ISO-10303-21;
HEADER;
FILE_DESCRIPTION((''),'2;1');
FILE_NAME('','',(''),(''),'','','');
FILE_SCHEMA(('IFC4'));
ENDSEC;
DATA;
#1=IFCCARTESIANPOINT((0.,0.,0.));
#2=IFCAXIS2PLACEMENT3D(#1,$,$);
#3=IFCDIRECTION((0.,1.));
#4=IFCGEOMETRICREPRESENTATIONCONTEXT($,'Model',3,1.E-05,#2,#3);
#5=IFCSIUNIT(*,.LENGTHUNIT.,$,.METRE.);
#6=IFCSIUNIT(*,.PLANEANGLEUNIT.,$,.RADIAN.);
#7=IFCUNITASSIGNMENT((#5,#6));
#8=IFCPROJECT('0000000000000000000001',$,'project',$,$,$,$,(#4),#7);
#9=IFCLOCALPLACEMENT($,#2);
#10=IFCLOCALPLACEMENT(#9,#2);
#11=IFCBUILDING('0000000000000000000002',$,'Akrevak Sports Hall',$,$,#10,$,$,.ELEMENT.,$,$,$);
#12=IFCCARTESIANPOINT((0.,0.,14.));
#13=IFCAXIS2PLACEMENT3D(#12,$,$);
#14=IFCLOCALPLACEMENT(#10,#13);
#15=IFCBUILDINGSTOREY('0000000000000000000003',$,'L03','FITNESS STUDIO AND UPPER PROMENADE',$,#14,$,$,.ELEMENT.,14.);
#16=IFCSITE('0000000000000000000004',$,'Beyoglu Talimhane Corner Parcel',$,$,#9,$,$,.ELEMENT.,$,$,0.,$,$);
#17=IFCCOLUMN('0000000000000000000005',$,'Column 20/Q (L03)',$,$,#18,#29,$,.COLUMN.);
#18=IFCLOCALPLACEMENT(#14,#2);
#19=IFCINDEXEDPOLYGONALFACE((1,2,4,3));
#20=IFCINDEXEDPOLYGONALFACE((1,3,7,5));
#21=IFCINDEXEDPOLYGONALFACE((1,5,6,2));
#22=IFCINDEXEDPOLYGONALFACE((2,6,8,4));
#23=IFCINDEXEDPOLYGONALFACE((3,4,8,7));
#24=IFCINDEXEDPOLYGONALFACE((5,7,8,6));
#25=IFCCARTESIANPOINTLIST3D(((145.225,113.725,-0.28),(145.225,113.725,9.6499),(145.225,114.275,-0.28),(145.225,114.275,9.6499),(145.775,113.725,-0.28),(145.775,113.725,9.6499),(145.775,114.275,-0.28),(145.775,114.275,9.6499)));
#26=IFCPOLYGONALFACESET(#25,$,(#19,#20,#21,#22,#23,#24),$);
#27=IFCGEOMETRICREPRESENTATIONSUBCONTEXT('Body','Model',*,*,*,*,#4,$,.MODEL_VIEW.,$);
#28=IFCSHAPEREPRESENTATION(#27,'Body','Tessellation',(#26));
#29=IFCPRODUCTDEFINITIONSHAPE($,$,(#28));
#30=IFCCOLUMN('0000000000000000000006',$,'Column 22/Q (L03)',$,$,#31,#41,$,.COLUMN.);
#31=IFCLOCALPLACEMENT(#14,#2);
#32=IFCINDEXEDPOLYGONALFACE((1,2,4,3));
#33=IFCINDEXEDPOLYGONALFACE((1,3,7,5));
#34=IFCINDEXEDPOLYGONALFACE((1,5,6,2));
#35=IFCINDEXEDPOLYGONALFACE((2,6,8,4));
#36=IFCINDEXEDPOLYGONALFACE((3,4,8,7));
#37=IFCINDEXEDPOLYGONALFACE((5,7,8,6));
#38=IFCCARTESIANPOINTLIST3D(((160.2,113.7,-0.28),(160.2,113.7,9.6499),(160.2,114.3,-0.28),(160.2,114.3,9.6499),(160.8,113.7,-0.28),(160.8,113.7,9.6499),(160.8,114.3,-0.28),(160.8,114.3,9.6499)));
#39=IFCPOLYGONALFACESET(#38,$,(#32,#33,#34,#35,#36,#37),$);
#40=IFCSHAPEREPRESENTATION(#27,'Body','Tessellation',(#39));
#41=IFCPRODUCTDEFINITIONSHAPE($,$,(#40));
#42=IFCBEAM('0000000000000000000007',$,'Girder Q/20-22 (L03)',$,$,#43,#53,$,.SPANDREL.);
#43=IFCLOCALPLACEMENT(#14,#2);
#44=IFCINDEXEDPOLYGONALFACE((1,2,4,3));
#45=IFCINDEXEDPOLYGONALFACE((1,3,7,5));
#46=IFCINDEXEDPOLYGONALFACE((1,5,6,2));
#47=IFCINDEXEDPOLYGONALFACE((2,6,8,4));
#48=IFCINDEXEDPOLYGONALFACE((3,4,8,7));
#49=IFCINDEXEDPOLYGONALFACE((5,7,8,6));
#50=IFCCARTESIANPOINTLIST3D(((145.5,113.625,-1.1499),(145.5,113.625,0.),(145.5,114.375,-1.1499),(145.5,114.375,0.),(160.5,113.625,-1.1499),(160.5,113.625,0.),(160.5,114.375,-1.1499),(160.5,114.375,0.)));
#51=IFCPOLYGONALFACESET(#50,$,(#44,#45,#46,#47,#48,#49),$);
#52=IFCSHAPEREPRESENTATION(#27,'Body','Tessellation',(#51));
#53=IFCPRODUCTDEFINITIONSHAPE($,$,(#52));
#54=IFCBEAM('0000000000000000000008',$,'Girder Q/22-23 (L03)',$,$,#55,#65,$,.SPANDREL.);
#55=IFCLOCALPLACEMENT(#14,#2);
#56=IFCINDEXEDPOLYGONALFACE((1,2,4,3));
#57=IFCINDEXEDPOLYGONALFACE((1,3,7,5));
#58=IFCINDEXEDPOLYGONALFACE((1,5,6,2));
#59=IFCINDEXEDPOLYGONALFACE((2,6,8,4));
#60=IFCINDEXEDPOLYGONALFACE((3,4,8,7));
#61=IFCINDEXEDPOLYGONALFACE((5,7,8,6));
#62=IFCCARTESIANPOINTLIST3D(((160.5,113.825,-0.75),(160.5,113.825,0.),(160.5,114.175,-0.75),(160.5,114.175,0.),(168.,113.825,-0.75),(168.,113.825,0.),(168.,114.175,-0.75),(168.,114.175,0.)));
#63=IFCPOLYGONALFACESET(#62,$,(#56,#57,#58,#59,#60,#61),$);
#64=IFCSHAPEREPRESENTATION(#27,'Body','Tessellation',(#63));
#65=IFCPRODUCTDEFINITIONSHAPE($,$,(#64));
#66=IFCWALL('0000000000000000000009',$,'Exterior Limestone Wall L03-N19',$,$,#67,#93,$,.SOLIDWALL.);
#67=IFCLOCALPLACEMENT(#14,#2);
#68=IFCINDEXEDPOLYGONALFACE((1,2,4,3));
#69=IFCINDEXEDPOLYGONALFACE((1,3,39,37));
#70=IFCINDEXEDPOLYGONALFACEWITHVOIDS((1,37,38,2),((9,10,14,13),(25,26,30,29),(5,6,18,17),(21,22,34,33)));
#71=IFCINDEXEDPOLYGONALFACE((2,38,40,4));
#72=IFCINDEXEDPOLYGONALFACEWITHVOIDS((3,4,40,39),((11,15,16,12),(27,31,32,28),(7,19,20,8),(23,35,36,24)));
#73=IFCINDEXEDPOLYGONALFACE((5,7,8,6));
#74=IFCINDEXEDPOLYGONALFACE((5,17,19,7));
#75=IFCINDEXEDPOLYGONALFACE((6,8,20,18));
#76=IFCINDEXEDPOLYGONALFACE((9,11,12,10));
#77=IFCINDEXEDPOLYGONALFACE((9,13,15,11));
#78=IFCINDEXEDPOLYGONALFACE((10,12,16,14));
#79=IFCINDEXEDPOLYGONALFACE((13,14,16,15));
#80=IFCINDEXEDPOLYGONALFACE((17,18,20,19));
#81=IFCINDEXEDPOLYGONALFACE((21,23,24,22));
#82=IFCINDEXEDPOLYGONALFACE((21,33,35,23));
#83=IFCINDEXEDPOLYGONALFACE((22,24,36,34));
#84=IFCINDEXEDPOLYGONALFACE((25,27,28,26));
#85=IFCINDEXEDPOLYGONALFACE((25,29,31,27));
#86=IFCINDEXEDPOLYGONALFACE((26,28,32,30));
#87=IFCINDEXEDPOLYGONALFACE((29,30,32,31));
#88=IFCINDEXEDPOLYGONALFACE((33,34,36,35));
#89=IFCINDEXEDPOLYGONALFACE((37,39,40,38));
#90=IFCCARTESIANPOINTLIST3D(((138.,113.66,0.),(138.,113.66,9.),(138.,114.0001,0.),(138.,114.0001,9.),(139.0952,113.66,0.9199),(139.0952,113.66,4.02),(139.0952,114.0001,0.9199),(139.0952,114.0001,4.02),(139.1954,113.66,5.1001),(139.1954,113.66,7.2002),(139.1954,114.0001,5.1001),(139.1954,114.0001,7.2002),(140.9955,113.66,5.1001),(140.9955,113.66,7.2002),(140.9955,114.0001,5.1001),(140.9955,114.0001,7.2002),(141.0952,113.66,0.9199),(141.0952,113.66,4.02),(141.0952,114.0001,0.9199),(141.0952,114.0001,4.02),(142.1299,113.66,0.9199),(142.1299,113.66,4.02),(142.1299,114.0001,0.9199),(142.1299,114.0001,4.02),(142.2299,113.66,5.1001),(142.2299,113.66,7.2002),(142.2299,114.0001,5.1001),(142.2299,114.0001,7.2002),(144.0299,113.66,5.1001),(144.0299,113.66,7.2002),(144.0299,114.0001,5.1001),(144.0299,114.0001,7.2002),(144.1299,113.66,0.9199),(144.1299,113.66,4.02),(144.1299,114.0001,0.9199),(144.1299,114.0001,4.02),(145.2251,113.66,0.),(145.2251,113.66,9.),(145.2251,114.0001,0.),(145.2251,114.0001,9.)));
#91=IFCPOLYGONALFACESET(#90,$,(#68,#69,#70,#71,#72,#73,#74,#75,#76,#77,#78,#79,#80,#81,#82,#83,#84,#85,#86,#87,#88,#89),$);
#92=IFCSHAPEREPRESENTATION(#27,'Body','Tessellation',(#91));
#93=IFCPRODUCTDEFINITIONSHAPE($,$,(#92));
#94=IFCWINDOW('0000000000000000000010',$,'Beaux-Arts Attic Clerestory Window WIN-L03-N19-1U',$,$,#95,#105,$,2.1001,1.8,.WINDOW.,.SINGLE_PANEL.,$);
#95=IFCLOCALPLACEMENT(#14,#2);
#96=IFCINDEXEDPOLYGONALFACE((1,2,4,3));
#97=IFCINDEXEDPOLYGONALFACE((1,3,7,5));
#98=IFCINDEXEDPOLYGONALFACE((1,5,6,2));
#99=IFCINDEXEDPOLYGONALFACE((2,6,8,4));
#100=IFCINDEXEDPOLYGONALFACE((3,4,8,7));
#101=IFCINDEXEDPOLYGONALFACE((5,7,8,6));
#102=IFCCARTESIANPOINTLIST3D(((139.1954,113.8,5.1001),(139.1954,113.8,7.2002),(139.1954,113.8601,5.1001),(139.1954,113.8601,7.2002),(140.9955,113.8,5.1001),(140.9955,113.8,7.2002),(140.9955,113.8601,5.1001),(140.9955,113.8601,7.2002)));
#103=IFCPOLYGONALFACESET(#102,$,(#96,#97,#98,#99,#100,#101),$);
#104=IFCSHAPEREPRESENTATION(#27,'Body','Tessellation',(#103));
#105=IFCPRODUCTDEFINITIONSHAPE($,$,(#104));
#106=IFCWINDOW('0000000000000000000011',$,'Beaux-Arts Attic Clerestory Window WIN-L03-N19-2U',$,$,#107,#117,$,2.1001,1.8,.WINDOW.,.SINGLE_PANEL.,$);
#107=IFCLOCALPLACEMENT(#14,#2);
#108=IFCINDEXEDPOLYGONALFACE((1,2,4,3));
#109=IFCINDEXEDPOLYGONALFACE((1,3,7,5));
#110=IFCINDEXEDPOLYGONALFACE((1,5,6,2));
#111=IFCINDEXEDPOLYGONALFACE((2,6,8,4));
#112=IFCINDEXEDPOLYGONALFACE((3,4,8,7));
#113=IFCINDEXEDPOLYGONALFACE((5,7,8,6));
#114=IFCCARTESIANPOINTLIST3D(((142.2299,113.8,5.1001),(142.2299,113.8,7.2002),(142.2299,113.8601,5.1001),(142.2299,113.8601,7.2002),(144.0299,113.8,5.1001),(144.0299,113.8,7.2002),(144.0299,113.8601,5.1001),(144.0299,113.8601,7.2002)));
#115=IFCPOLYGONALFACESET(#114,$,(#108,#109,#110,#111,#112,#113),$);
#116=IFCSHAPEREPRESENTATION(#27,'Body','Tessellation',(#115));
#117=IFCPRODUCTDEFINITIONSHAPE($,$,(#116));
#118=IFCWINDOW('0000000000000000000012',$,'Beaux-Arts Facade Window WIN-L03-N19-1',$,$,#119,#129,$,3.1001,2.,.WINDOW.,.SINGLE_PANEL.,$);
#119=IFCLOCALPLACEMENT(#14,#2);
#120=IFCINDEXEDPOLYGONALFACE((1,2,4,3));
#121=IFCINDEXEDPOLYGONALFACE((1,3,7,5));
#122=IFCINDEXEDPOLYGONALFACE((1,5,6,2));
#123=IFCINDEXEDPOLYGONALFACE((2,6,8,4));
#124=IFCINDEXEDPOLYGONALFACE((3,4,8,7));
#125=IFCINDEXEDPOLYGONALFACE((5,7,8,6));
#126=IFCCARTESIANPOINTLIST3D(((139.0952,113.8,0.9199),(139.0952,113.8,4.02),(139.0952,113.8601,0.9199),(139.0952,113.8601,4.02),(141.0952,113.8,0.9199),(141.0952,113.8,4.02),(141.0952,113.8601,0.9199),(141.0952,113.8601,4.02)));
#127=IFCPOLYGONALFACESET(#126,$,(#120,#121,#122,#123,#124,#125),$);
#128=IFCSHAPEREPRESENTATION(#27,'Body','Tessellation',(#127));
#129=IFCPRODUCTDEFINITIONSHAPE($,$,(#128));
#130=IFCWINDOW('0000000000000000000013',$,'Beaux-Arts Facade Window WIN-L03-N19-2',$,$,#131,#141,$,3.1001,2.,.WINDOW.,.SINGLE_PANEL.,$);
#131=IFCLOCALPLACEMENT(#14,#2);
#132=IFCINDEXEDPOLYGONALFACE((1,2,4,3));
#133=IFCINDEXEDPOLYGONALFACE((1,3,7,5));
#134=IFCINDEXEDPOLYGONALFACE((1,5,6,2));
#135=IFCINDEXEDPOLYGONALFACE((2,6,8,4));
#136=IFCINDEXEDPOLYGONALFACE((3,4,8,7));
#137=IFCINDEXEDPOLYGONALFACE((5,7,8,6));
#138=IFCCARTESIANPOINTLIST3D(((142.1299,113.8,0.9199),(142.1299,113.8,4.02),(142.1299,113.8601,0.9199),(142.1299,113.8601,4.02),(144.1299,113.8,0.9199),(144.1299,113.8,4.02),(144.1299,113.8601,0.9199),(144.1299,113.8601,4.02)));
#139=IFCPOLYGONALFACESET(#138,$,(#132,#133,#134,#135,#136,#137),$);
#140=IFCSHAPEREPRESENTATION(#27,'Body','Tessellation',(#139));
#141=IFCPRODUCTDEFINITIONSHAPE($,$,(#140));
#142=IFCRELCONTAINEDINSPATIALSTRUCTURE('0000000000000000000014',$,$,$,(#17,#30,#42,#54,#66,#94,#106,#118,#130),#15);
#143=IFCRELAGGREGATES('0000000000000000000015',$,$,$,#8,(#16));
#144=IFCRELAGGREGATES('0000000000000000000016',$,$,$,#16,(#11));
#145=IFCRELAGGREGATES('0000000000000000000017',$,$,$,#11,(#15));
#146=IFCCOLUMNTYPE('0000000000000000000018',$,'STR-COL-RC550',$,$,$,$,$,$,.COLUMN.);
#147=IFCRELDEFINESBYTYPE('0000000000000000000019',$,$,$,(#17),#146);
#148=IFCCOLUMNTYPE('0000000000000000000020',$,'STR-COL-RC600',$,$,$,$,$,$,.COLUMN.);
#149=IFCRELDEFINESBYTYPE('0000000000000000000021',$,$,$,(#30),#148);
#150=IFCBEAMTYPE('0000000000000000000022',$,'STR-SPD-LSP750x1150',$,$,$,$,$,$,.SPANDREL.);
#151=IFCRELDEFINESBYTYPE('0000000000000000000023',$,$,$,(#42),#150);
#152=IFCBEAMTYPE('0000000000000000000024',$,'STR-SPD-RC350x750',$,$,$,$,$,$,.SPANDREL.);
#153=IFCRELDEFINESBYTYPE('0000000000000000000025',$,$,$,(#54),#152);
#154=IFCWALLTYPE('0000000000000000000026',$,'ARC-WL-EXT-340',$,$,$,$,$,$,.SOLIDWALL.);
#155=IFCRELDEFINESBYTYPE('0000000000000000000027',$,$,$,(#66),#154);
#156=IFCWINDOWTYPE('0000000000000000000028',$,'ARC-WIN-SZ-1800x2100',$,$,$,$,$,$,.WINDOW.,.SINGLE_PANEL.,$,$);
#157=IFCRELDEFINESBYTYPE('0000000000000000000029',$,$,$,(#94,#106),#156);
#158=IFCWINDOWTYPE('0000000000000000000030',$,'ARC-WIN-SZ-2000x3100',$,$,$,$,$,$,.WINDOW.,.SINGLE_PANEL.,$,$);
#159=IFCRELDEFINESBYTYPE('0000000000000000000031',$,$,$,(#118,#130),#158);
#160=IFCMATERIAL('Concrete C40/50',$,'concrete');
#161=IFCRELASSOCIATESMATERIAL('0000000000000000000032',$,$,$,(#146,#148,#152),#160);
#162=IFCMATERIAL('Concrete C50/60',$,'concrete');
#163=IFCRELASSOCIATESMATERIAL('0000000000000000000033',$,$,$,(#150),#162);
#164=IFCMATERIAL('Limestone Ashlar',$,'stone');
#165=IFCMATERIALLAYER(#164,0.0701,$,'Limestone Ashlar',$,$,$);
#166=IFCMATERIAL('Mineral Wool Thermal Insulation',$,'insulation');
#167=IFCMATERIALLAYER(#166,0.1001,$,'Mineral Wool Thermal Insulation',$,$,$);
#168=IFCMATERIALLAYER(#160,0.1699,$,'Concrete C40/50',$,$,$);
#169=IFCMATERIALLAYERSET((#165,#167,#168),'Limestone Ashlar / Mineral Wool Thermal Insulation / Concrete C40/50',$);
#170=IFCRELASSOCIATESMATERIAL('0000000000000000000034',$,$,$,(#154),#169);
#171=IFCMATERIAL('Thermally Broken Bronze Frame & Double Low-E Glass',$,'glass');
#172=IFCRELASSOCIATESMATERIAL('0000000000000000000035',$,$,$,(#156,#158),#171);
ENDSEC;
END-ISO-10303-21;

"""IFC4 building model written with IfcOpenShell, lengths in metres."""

from ifc_helpers import new_model, si_unit, direction, frame, frame_2d, origin, origin_2d, place, context, subcontext, project, spatial, rectangle, extrude, material, layer, layer_set, material_profile, profile_set, type_object, element, fill, save


model = new_model("IFC4")

# Units and contexts
model_context = context("Model", 3, precision=1e-05, world=origin(), true_north=direction((0.0, 1.0)))
body_context = subcontext(model_context, "Body", "Model", "MODEL_VIEW")
ifc_project = project(units=[si_unit("LENGTHUNIT", "METRE"), si_unit("PLANEANGLEUNIT", "RADIAN")], contexts=[model_context])

# Site, building, storey
site_placement = place(None, origin())
site = spatial("IfcSite", under=ifc_project, at=site_placement, Name="Beyoglu Talimhane Corner Parcel", CompositionType="ELEMENT", RefElevation=0.0)
building_placement = place(site_placement, origin())
building = spatial("IfcBuilding", under=site, at=building_placement, Name="Akrevak Sports Hall", CompositionType="ELEMENT")
storey_placement = place(building_placement, frame((0.0, 0.0, 14.0)))
storey = spatial("IfcBuildingStorey", under=building, at=storey_placement, Name="L03", Description="FITNESS STUDIO AND UPPER PROMENADE", CompositionType="ELEMENT", Elevation=14.0)

# Columns
ifc_material_1 = material(Name="Concrete C40/50", Category="concrete")
ifc_material_profile_1 = material_profile(ifc_material_1, rectangle(XDim=0.55, YDim=0.55, at=origin_2d()), Name="RC 550x550", Category="concrete")
ifc_profile_set_1 = profile_set([ifc_material_profile_1], Name="Concrete C40/50")
column_type_1 = type_object("IfcColumnType", Name="STR-COL-RC550", PredefinedType="COLUMN", material=ifc_profile_set_1)
column_1_placement = place(storey_placement, frame((145.5, 114.0, -0.28), z_axis=(0.0, 0.0, 1.0), x_axis=(1.0, 0.0, 0.0)))
element("IfcColumn", 1, at=column_1_placement, inside=storey, type_object=column_type_1, Name="Column 20/Q (L03)", PredefinedType="COLUMN", context=body_context, shape_type="SweptSolid", body=[
    extrude(rectangle(XDim=0.55, YDim=0.55, at=origin_2d()), origin(), (0.0, 0.0, 1.0), 9.9299),
])
ifc_material_profile_2 = material_profile(ifc_material_1, rectangle(XDim=0.6001, YDim=0.6001, at=origin_2d()), Name="RC 600x600", Category="concrete")
ifc_profile_set_2 = profile_set([ifc_material_profile_2], Name="Concrete C40/50")
column_type_2 = type_object("IfcColumnType", Name="STR-COL-RC600", PredefinedType="COLUMN", material=ifc_profile_set_2)
column_2_placement = place(storey_placement, frame((160.5, 114.0, -0.28), z_axis=(0.0, 0.0, 1.0), x_axis=(1.0, 0.0, 0.0)))
element("IfcColumn", 2, at=column_2_placement, inside=storey, type_object=column_type_2, Name="Column 22/Q (L03)", PredefinedType="COLUMN", context=body_context, shape_type="SweptSolid", body=[
    extrude(rectangle(XDim=0.6001, YDim=0.6001, at=origin_2d()), origin(), (0.0, 0.0, 1.0), 9.9299),
])

# Beams
ifc_material_2 = material(Name="Concrete C50/60", Category="concrete")
ifc_material_profile_3 = material_profile(ifc_material_2, rectangle(XDim=0.75, YDim=1.1499, at=origin_2d()), Name="SPD 750x1150", Category="concrete")
ifc_profile_set_3 = profile_set([ifc_material_profile_3], Name="Concrete C50/60")
beam_type_1 = type_object("IfcBeamType", Name="STR-SPD-LSP750x1150", PredefinedType="SPANDREL", material=ifc_profile_set_3)
beam_1_placement = place(storey_placement, frame((145.5, 114.0, -0.575), z_axis=(1.0, 0.0, 0.0), x_axis=(0.0, 1.0, 0.0)))
element("IfcBeam", 3, at=beam_1_placement, inside=storey, type_object=beam_type_1, Name="Girder Q/20-22 (L03)", PredefinedType="SPANDREL", context=body_context, shape_type="SweptSolid", body=[
    extrude(rectangle(XDim=0.75, YDim=1.1499, at=origin_2d()), origin(), (0.0, 0.0, 1.0), 15.0),
])
ifc_material_profile_4 = material_profile(ifc_material_1, rectangle(XDim=0.3501, YDim=0.75, at=origin_2d()), Name="SPD 350x750", Category="concrete")
ifc_profile_set_4 = profile_set([ifc_material_profile_4], Name="Concrete C40/50")
beam_type_2 = type_object("IfcBeamType", Name="STR-SPD-RC350x750", PredefinedType="SPANDREL", material=ifc_profile_set_4)
beam_2_placement = place(storey_placement, frame((160.5, 114.0, -0.375), z_axis=(1.0, 0.0, 0.0), x_axis=(0.0, 1.0, 0.0)))
element("IfcBeam", 4, at=beam_2_placement, inside=storey, type_object=beam_type_2, Name="Girder Q/22-23 (L03)", PredefinedType="SPANDREL", context=body_context, shape_type="SweptSolid", body=[
    extrude(rectangle(XDim=0.3501, YDim=0.75, at=origin_2d()), origin(), (0.0, 0.0, 1.0), 7.5),
])

# Wall, openings, windows
ifc_material_3 = material(Name="Limestone Ashlar", Category="stone")
ifc_layer_1 = layer(ifc_material_3, 0.0701, Name="Limestone Ashlar")
ifc_material_4 = material(Name="Mineral Wool Thermal Insulation", Category="insulation")
ifc_layer_2 = layer(ifc_material_4, 0.1001, Name="Mineral Wool Thermal Insulation")
ifc_layer_3 = layer(ifc_material_1, 0.1699, Name="Concrete C40/50")
ifc_layer_set_1 = layer_set([ifc_layer_1, ifc_layer_2, ifc_layer_3], Name="Limestone Ashlar / Mineral Wool Thermal Insulation / Concrete C40/50")
wall_type = type_object("IfcWallType", Name="ARC-WL-EXT-340", PredefinedType="SOLIDWALL", material=ifc_layer_set_1)
wall_1_placement = place(storey_placement, frame((145.2251, 113.8301, 0.0), z_axis=(0.0, 0.0, 1.0), x_axis=(-1.0, 0.0, 0.0)))
wall_1 = element("IfcWall", 5, at=wall_1_placement, inside=storey, type_object=wall_type, Name="Exterior Limestone Wall L03-N19", PredefinedType="SOLIDWALL", context=body_context, shape_type="SweptSolid", body=[
    extrude(rectangle(XDim=7.2251, YDim=0.3401, at=frame_2d((3.6125, 0.0))), origin(), (0.0, 0.0, 1.0), 9.0),
])
opening_1_placement = place(wall_1_placement, frame((4.1299, 0.0, 0.9199)))
opening_1 = element("IfcOpeningElement", 6, at=opening_1_placement, cuts=wall_1, PredefinedType="OPENING", context=body_context, shape_type="SweptSolid", body=[
    extrude(rectangle(XDim=2.0, YDim=3.1001, at=frame_2d((1.0, 1.55))), frame((0.0, 0.1821, 0.0), z_axis=(0.0, -1.0, 0.0), x_axis=(1.0, 0.0, 0.0)), (0.0, 0.0, 1.0), 0.364),
])
opening_2_placement = place(wall_1_placement, frame((4.2297, 0.0, 5.1001)))
opening_2 = element("IfcOpeningElement", 7, at=opening_2_placement, cuts=wall_1, PredefinedType="OPENING", context=body_context, shape_type="SweptSolid", body=[
    extrude(rectangle(XDim=1.8, YDim=2.1001, at=frame_2d((0.8999, 1.05))), frame((0.0, 0.1821, 0.0), z_axis=(0.0, -1.0, 0.0), x_axis=(1.0, 0.0, 0.0)), (0.0, 0.0, 1.0), 0.364),
])
opening_3_placement = place(wall_1_placement, frame((1.0952, 0.0, 0.9199)))
opening_3 = element("IfcOpeningElement", 8, at=opening_3_placement, cuts=wall_1, PredefinedType="OPENING", context=body_context, shape_type="SweptSolid", body=[
    extrude(rectangle(XDim=2.0, YDim=3.1001, at=frame_2d((1.0, 1.55))), frame((0.0, 0.1821, 0.0), z_axis=(0.0, -1.0, 0.0), x_axis=(1.0, 0.0, 0.0)), (0.0, 0.0, 1.0), 0.364),
])
opening_4_placement = place(wall_1_placement, frame((1.1953, 0.0, 5.1001)))
opening_4 = element("IfcOpeningElement", 9, at=opening_4_placement, cuts=wall_1, PredefinedType="OPENING", context=body_context, shape_type="SweptSolid", body=[
    extrude(rectangle(XDim=1.8, YDim=2.1001, at=frame_2d((0.8999, 1.05))), frame((0.0, 0.1821, 0.0), z_axis=(0.0, -1.0, 0.0), x_axis=(1.0, 0.0, 0.0)), (0.0, 0.0, 1.0), 0.364),
])
ifc_material_5 = material(Name="Thermally Broken Bronze Frame & Double Low-E Glass", Category="glass")
window_type_1 = type_object("IfcWindowType", Name="ARC-WIN-SZ-1800x2100", PartitioningType="SINGLE_PANEL", PredefinedType="WINDOW", material=ifc_material_5)
window_1_placement = place(opening_2_placement, origin())
window_1 = element("IfcWindow", 10, at=window_1_placement, inside=storey, type_object=window_type_1, Name="Beaux-Arts Attic Clerestory Window WIN-L03-N19-1U", OverallHeight=2.1001, OverallWidth=1.8, PartitioningType="SINGLE_PANEL", PredefinedType="WINDOW", context=body_context, shape_type="SweptSolid", body=[
    extrude(rectangle(XDim=1.8, YDim=2.1001, at=frame_2d((0.8999, 1.05))), frame((0.0, 0.03, 0.0), z_axis=(0.0, -1.0, 0.0), x_axis=(1.0, 0.0, 0.0)), (0.0, 0.0, 1.0), 0.0601),
])
fill(opening_2, window_1)
window_2_placement = place(opening_4_placement, origin())
window_2 = element("IfcWindow", 11, at=window_2_placement, inside=storey, type_object=window_type_1, Name="Beaux-Arts Attic Clerestory Window WIN-L03-N19-2U", OverallHeight=2.1001, OverallWidth=1.8, PartitioningType="SINGLE_PANEL", PredefinedType="WINDOW", context=body_context, shape_type="SweptSolid", body=[
    extrude(rectangle(XDim=1.8, YDim=2.1001, at=frame_2d((0.8999, 1.05))), frame((0.0, 0.03, 0.0), z_axis=(0.0, -1.0, 0.0), x_axis=(1.0, 0.0, 0.0)), (0.0, 0.0, 1.0), 0.0601),
])
fill(opening_4, window_2)
window_type_2 = type_object("IfcWindowType", Name="ARC-WIN-SZ-2000x3100", PartitioningType="SINGLE_PANEL", PredefinedType="WINDOW", material=ifc_material_5)
window_3_placement = place(opening_1_placement, origin())
window_3 = element("IfcWindow", 12, at=window_3_placement, inside=storey, type_object=window_type_2, Name="Beaux-Arts Facade Window WIN-L03-N19-1", OverallHeight=3.1001, OverallWidth=2.0, PartitioningType="SINGLE_PANEL", PredefinedType="WINDOW", context=body_context, shape_type="SweptSolid", body=[
    extrude(rectangle(XDim=2.0, YDim=3.1001, at=frame_2d((1.0, 1.55))), frame((0.0, 0.03, 0.0), z_axis=(0.0, -1.0, 0.0), x_axis=(1.0, 0.0, 0.0)), (0.0, 0.0, 1.0), 0.0601),
])
fill(opening_1, window_3)
window_4_placement = place(opening_3_placement, origin())
window_4 = element("IfcWindow", 13, at=window_4_placement, inside=storey, type_object=window_type_2, Name="Beaux-Arts Facade Window WIN-L03-N19-2", OverallHeight=3.1001, OverallWidth=2.0, PartitioningType="SINGLE_PANEL", PredefinedType="WINDOW", context=body_context, shape_type="SweptSolid", body=[
    extrude(rectangle(XDim=2.0, YDim=3.1001, at=frame_2d((1.0, 1.55))), frame((0.0, 0.03, 0.0), z_axis=(0.0, -1.0, 0.0), x_axis=(1.0, 0.0, 0.0)), (0.0, 0.0, 1.0), 0.0601),
])
fill(opening_3, window_4)

save(model, "model.ifc")
